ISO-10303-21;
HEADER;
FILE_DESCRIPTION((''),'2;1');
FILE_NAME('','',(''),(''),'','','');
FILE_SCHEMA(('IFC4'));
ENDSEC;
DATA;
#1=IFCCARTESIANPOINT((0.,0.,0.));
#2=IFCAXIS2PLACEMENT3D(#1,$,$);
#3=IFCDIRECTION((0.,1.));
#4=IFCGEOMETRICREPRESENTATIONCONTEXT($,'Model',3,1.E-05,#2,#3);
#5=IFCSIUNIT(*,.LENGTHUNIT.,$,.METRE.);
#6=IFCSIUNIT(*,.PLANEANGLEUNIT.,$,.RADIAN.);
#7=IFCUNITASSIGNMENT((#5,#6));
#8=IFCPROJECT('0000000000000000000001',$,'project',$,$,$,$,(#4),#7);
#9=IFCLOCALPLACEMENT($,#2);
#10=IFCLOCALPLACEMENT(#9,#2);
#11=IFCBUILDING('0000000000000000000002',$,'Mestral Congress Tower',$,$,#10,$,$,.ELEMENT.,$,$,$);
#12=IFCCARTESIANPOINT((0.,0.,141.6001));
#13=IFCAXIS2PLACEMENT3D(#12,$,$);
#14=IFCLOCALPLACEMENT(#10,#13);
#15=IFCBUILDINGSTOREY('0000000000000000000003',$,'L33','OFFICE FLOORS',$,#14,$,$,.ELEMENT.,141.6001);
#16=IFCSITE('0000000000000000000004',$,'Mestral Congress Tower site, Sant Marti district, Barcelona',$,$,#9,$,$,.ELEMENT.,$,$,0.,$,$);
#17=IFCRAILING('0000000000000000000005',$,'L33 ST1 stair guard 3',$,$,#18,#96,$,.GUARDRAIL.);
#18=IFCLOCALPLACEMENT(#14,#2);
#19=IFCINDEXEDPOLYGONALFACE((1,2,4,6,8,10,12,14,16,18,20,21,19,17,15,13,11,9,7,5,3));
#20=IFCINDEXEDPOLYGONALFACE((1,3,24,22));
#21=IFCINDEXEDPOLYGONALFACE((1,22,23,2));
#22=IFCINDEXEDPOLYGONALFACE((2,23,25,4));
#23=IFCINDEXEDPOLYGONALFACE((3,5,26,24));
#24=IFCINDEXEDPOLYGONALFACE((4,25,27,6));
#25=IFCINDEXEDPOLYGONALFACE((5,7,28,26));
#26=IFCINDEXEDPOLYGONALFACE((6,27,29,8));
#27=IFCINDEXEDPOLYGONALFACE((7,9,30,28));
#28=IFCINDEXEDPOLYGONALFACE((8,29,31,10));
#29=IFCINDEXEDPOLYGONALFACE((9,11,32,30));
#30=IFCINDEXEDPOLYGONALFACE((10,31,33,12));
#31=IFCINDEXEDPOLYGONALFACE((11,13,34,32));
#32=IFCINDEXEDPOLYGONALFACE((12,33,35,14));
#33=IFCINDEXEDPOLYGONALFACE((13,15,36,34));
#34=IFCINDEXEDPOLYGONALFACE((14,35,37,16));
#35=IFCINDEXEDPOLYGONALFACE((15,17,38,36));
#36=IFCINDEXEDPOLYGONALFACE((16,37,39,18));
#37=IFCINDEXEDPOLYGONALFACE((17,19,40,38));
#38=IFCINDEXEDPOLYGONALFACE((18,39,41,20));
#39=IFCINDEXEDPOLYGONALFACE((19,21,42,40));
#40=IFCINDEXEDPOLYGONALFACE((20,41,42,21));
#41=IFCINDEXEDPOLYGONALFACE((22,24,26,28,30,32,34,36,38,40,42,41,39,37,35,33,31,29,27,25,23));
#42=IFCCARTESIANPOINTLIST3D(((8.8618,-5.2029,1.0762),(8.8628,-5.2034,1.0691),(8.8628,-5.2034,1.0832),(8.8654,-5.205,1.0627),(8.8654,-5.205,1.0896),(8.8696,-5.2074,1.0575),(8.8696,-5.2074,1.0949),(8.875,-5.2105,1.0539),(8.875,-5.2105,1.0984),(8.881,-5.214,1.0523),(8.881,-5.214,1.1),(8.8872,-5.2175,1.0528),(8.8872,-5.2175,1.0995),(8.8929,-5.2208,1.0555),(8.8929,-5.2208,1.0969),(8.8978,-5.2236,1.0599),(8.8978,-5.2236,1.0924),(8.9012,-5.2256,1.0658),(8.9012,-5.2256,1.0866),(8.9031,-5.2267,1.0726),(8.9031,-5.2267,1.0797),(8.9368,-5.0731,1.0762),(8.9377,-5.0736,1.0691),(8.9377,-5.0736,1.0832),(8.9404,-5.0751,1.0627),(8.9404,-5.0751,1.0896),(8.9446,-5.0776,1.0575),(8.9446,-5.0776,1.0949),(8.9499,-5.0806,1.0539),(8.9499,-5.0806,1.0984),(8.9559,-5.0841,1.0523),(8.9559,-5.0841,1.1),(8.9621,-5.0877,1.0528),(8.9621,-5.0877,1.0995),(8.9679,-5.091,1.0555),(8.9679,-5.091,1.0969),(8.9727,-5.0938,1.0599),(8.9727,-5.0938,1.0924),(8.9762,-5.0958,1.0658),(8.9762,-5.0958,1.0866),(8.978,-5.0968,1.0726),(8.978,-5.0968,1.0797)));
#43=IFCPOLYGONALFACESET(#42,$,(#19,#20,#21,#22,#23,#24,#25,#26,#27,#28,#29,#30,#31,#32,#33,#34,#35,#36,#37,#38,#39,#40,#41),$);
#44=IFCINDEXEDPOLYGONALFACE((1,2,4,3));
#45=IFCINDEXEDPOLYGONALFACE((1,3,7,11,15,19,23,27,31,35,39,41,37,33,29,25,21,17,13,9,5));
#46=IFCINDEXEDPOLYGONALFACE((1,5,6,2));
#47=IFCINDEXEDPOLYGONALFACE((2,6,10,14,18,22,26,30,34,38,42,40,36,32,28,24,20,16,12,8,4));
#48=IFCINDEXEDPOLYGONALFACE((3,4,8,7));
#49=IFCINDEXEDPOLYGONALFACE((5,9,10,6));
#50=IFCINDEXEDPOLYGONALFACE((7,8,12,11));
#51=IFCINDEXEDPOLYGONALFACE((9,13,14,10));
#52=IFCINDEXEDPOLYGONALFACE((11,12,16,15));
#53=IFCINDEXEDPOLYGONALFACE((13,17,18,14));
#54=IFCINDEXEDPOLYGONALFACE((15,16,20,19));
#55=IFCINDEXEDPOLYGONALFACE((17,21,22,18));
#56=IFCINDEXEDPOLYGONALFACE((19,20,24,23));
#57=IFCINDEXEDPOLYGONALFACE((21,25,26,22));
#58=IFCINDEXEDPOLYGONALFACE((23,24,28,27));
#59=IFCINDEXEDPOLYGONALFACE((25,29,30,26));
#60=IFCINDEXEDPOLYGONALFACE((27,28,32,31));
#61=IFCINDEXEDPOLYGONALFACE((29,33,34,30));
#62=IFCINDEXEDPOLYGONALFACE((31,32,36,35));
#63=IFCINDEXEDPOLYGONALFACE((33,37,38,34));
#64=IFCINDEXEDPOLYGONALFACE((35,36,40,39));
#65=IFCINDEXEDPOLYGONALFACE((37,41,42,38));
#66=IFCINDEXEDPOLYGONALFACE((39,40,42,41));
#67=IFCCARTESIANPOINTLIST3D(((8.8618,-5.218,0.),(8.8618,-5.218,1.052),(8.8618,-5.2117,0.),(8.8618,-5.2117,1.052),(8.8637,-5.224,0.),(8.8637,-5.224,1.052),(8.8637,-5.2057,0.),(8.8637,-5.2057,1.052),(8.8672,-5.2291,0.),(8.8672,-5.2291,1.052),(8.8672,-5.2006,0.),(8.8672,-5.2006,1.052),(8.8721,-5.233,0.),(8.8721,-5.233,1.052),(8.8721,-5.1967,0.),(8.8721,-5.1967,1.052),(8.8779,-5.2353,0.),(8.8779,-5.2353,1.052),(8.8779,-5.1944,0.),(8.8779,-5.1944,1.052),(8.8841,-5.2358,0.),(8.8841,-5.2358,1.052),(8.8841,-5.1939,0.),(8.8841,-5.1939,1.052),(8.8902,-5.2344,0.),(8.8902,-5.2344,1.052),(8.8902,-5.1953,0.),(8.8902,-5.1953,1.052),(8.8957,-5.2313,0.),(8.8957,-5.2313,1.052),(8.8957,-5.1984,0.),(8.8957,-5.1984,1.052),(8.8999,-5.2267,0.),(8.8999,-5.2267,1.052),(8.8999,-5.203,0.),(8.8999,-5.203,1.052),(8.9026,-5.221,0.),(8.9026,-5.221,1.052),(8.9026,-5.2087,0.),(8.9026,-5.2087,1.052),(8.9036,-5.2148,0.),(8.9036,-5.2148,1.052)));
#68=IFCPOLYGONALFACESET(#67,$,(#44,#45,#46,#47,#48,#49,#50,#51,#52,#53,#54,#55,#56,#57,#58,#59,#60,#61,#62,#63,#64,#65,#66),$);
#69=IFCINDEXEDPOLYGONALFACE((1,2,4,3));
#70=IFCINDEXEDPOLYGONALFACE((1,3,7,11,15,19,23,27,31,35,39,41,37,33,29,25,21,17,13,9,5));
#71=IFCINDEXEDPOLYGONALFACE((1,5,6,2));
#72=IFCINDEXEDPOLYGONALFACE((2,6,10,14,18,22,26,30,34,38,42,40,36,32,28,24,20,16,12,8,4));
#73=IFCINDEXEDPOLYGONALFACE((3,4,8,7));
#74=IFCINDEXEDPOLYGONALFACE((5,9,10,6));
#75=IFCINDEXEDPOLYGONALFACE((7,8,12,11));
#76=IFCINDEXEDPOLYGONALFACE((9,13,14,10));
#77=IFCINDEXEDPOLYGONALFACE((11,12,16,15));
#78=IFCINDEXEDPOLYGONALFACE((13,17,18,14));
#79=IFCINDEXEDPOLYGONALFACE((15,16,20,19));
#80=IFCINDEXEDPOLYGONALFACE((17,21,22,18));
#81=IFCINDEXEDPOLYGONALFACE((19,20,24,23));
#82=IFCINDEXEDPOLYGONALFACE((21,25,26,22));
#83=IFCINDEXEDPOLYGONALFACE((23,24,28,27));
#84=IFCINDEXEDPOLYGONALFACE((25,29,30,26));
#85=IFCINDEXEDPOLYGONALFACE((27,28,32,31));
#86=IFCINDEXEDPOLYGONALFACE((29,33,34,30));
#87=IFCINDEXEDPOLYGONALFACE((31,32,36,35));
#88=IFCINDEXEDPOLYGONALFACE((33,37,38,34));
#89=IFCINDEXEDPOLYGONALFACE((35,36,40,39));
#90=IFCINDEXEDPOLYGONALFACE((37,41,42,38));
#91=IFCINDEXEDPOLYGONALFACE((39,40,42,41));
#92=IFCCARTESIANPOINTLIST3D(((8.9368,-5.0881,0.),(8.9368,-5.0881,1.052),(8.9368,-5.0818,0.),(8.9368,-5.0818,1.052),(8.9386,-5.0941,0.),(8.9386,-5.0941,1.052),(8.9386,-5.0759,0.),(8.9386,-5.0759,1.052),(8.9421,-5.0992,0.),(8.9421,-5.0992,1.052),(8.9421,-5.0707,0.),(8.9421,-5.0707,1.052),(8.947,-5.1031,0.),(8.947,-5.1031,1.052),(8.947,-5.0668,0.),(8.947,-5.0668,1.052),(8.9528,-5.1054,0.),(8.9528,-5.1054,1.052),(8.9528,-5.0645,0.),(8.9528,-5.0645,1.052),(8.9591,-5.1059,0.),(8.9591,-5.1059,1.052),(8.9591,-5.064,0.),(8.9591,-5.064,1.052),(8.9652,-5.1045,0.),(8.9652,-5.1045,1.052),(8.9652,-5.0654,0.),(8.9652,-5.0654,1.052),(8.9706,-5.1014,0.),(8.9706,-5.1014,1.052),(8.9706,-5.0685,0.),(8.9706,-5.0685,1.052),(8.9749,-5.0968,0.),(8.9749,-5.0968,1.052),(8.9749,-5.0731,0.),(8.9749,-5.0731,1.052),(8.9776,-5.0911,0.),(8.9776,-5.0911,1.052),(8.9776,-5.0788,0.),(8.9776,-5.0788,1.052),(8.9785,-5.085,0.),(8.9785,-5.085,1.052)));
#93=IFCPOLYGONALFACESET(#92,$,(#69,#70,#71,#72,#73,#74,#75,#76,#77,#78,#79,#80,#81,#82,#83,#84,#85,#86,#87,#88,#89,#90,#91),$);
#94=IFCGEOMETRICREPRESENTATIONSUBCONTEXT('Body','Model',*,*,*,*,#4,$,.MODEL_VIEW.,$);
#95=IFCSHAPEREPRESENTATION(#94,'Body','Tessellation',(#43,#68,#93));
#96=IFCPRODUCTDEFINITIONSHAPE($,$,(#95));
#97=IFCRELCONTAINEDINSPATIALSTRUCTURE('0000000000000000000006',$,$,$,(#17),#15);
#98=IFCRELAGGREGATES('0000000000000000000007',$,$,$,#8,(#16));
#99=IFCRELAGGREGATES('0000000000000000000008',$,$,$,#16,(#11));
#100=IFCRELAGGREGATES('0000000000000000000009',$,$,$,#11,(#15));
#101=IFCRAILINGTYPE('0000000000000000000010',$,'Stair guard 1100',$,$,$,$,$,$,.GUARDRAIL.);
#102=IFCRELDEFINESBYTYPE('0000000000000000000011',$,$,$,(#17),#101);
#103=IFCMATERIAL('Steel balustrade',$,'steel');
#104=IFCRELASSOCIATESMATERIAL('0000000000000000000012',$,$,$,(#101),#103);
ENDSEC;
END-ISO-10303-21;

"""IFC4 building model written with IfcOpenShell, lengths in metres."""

from ifc_helpers import new_model, si_unit, direction, frame, origin, origin_2d, place, context, subcontext, project, spatial, circle, extrude, material, type_object, element, save


model = new_model("IFC4")

# Units and contexts
model_context = context("Model", 3, precision=1e-05, world=origin(), true_north=direction((0.0, 1.0)))
body_context = subcontext(model_context, "Body", "Model", "MODEL_VIEW")
ifc_project = project(units=[si_unit("LENGTHUNIT", "METRE"), si_unit("PLANEANGLEUNIT", "RADIAN")], contexts=[model_context])

# Site, building, storey
site_placement = place(None, origin())
site = spatial("IfcSite", under=ifc_project, at=site_placement, Name="Mestral Congress Tower site, Sant Marti district, Barcelona", CompositionType="ELEMENT", RefElevation=0.0)
building_placement = place(site_placement, origin())
building = spatial("IfcBuilding", under=site, at=building_placement, Name="Mestral Congress Tower", CompositionType="ELEMENT")
storey_placement = place(building_placement, frame((0.0, 0.0, 141.6001)))
storey = spatial("IfcBuildingStorey", under=building, at=storey_placement, Name="L33", Description="OFFICE FLOORS", CompositionType="ELEMENT", Elevation=141.6001)

# Railing
ifc_material_1 = material(Name="Steel balustrade", Category="steel")
railing_type_1 = type_object("IfcRailingType", Name="Stair guard 1100", PredefinedType="GUARDRAIL", material=ifc_material_1)
railing_1_placement = place(storey_placement, frame((8.8826, -5.2148, 0.0)))
element("IfcRailing", 1, at=railing_1_placement, inside=storey, type_object=railing_type_1, Name="L33 ST1 stair guard 3", PredefinedType="GUARDRAIL", context=body_context, shape_type="SweptSolid", body=[
    extrude(circle(Radius=0.0239, at=origin_2d()), frame((0.0, 0.0, 1.0762), z_axis=(0.499816, 0.866131, 0.0), x_axis=(-0.866131, 0.499816, 0.0)), (0.0, 0.0, 1.0), 0.1499),
    extrude(circle(Radius=0.021, at=origin_2d()), origin(), (0.0, 0.0, 1.0), 1.052),
    extrude(circle(Radius=0.021, at=origin_2d()), frame((0.075, 0.1299, 0.0)), (0.0, 0.0, 1.0), 1.052),
])

save(model, "model.ifc")
